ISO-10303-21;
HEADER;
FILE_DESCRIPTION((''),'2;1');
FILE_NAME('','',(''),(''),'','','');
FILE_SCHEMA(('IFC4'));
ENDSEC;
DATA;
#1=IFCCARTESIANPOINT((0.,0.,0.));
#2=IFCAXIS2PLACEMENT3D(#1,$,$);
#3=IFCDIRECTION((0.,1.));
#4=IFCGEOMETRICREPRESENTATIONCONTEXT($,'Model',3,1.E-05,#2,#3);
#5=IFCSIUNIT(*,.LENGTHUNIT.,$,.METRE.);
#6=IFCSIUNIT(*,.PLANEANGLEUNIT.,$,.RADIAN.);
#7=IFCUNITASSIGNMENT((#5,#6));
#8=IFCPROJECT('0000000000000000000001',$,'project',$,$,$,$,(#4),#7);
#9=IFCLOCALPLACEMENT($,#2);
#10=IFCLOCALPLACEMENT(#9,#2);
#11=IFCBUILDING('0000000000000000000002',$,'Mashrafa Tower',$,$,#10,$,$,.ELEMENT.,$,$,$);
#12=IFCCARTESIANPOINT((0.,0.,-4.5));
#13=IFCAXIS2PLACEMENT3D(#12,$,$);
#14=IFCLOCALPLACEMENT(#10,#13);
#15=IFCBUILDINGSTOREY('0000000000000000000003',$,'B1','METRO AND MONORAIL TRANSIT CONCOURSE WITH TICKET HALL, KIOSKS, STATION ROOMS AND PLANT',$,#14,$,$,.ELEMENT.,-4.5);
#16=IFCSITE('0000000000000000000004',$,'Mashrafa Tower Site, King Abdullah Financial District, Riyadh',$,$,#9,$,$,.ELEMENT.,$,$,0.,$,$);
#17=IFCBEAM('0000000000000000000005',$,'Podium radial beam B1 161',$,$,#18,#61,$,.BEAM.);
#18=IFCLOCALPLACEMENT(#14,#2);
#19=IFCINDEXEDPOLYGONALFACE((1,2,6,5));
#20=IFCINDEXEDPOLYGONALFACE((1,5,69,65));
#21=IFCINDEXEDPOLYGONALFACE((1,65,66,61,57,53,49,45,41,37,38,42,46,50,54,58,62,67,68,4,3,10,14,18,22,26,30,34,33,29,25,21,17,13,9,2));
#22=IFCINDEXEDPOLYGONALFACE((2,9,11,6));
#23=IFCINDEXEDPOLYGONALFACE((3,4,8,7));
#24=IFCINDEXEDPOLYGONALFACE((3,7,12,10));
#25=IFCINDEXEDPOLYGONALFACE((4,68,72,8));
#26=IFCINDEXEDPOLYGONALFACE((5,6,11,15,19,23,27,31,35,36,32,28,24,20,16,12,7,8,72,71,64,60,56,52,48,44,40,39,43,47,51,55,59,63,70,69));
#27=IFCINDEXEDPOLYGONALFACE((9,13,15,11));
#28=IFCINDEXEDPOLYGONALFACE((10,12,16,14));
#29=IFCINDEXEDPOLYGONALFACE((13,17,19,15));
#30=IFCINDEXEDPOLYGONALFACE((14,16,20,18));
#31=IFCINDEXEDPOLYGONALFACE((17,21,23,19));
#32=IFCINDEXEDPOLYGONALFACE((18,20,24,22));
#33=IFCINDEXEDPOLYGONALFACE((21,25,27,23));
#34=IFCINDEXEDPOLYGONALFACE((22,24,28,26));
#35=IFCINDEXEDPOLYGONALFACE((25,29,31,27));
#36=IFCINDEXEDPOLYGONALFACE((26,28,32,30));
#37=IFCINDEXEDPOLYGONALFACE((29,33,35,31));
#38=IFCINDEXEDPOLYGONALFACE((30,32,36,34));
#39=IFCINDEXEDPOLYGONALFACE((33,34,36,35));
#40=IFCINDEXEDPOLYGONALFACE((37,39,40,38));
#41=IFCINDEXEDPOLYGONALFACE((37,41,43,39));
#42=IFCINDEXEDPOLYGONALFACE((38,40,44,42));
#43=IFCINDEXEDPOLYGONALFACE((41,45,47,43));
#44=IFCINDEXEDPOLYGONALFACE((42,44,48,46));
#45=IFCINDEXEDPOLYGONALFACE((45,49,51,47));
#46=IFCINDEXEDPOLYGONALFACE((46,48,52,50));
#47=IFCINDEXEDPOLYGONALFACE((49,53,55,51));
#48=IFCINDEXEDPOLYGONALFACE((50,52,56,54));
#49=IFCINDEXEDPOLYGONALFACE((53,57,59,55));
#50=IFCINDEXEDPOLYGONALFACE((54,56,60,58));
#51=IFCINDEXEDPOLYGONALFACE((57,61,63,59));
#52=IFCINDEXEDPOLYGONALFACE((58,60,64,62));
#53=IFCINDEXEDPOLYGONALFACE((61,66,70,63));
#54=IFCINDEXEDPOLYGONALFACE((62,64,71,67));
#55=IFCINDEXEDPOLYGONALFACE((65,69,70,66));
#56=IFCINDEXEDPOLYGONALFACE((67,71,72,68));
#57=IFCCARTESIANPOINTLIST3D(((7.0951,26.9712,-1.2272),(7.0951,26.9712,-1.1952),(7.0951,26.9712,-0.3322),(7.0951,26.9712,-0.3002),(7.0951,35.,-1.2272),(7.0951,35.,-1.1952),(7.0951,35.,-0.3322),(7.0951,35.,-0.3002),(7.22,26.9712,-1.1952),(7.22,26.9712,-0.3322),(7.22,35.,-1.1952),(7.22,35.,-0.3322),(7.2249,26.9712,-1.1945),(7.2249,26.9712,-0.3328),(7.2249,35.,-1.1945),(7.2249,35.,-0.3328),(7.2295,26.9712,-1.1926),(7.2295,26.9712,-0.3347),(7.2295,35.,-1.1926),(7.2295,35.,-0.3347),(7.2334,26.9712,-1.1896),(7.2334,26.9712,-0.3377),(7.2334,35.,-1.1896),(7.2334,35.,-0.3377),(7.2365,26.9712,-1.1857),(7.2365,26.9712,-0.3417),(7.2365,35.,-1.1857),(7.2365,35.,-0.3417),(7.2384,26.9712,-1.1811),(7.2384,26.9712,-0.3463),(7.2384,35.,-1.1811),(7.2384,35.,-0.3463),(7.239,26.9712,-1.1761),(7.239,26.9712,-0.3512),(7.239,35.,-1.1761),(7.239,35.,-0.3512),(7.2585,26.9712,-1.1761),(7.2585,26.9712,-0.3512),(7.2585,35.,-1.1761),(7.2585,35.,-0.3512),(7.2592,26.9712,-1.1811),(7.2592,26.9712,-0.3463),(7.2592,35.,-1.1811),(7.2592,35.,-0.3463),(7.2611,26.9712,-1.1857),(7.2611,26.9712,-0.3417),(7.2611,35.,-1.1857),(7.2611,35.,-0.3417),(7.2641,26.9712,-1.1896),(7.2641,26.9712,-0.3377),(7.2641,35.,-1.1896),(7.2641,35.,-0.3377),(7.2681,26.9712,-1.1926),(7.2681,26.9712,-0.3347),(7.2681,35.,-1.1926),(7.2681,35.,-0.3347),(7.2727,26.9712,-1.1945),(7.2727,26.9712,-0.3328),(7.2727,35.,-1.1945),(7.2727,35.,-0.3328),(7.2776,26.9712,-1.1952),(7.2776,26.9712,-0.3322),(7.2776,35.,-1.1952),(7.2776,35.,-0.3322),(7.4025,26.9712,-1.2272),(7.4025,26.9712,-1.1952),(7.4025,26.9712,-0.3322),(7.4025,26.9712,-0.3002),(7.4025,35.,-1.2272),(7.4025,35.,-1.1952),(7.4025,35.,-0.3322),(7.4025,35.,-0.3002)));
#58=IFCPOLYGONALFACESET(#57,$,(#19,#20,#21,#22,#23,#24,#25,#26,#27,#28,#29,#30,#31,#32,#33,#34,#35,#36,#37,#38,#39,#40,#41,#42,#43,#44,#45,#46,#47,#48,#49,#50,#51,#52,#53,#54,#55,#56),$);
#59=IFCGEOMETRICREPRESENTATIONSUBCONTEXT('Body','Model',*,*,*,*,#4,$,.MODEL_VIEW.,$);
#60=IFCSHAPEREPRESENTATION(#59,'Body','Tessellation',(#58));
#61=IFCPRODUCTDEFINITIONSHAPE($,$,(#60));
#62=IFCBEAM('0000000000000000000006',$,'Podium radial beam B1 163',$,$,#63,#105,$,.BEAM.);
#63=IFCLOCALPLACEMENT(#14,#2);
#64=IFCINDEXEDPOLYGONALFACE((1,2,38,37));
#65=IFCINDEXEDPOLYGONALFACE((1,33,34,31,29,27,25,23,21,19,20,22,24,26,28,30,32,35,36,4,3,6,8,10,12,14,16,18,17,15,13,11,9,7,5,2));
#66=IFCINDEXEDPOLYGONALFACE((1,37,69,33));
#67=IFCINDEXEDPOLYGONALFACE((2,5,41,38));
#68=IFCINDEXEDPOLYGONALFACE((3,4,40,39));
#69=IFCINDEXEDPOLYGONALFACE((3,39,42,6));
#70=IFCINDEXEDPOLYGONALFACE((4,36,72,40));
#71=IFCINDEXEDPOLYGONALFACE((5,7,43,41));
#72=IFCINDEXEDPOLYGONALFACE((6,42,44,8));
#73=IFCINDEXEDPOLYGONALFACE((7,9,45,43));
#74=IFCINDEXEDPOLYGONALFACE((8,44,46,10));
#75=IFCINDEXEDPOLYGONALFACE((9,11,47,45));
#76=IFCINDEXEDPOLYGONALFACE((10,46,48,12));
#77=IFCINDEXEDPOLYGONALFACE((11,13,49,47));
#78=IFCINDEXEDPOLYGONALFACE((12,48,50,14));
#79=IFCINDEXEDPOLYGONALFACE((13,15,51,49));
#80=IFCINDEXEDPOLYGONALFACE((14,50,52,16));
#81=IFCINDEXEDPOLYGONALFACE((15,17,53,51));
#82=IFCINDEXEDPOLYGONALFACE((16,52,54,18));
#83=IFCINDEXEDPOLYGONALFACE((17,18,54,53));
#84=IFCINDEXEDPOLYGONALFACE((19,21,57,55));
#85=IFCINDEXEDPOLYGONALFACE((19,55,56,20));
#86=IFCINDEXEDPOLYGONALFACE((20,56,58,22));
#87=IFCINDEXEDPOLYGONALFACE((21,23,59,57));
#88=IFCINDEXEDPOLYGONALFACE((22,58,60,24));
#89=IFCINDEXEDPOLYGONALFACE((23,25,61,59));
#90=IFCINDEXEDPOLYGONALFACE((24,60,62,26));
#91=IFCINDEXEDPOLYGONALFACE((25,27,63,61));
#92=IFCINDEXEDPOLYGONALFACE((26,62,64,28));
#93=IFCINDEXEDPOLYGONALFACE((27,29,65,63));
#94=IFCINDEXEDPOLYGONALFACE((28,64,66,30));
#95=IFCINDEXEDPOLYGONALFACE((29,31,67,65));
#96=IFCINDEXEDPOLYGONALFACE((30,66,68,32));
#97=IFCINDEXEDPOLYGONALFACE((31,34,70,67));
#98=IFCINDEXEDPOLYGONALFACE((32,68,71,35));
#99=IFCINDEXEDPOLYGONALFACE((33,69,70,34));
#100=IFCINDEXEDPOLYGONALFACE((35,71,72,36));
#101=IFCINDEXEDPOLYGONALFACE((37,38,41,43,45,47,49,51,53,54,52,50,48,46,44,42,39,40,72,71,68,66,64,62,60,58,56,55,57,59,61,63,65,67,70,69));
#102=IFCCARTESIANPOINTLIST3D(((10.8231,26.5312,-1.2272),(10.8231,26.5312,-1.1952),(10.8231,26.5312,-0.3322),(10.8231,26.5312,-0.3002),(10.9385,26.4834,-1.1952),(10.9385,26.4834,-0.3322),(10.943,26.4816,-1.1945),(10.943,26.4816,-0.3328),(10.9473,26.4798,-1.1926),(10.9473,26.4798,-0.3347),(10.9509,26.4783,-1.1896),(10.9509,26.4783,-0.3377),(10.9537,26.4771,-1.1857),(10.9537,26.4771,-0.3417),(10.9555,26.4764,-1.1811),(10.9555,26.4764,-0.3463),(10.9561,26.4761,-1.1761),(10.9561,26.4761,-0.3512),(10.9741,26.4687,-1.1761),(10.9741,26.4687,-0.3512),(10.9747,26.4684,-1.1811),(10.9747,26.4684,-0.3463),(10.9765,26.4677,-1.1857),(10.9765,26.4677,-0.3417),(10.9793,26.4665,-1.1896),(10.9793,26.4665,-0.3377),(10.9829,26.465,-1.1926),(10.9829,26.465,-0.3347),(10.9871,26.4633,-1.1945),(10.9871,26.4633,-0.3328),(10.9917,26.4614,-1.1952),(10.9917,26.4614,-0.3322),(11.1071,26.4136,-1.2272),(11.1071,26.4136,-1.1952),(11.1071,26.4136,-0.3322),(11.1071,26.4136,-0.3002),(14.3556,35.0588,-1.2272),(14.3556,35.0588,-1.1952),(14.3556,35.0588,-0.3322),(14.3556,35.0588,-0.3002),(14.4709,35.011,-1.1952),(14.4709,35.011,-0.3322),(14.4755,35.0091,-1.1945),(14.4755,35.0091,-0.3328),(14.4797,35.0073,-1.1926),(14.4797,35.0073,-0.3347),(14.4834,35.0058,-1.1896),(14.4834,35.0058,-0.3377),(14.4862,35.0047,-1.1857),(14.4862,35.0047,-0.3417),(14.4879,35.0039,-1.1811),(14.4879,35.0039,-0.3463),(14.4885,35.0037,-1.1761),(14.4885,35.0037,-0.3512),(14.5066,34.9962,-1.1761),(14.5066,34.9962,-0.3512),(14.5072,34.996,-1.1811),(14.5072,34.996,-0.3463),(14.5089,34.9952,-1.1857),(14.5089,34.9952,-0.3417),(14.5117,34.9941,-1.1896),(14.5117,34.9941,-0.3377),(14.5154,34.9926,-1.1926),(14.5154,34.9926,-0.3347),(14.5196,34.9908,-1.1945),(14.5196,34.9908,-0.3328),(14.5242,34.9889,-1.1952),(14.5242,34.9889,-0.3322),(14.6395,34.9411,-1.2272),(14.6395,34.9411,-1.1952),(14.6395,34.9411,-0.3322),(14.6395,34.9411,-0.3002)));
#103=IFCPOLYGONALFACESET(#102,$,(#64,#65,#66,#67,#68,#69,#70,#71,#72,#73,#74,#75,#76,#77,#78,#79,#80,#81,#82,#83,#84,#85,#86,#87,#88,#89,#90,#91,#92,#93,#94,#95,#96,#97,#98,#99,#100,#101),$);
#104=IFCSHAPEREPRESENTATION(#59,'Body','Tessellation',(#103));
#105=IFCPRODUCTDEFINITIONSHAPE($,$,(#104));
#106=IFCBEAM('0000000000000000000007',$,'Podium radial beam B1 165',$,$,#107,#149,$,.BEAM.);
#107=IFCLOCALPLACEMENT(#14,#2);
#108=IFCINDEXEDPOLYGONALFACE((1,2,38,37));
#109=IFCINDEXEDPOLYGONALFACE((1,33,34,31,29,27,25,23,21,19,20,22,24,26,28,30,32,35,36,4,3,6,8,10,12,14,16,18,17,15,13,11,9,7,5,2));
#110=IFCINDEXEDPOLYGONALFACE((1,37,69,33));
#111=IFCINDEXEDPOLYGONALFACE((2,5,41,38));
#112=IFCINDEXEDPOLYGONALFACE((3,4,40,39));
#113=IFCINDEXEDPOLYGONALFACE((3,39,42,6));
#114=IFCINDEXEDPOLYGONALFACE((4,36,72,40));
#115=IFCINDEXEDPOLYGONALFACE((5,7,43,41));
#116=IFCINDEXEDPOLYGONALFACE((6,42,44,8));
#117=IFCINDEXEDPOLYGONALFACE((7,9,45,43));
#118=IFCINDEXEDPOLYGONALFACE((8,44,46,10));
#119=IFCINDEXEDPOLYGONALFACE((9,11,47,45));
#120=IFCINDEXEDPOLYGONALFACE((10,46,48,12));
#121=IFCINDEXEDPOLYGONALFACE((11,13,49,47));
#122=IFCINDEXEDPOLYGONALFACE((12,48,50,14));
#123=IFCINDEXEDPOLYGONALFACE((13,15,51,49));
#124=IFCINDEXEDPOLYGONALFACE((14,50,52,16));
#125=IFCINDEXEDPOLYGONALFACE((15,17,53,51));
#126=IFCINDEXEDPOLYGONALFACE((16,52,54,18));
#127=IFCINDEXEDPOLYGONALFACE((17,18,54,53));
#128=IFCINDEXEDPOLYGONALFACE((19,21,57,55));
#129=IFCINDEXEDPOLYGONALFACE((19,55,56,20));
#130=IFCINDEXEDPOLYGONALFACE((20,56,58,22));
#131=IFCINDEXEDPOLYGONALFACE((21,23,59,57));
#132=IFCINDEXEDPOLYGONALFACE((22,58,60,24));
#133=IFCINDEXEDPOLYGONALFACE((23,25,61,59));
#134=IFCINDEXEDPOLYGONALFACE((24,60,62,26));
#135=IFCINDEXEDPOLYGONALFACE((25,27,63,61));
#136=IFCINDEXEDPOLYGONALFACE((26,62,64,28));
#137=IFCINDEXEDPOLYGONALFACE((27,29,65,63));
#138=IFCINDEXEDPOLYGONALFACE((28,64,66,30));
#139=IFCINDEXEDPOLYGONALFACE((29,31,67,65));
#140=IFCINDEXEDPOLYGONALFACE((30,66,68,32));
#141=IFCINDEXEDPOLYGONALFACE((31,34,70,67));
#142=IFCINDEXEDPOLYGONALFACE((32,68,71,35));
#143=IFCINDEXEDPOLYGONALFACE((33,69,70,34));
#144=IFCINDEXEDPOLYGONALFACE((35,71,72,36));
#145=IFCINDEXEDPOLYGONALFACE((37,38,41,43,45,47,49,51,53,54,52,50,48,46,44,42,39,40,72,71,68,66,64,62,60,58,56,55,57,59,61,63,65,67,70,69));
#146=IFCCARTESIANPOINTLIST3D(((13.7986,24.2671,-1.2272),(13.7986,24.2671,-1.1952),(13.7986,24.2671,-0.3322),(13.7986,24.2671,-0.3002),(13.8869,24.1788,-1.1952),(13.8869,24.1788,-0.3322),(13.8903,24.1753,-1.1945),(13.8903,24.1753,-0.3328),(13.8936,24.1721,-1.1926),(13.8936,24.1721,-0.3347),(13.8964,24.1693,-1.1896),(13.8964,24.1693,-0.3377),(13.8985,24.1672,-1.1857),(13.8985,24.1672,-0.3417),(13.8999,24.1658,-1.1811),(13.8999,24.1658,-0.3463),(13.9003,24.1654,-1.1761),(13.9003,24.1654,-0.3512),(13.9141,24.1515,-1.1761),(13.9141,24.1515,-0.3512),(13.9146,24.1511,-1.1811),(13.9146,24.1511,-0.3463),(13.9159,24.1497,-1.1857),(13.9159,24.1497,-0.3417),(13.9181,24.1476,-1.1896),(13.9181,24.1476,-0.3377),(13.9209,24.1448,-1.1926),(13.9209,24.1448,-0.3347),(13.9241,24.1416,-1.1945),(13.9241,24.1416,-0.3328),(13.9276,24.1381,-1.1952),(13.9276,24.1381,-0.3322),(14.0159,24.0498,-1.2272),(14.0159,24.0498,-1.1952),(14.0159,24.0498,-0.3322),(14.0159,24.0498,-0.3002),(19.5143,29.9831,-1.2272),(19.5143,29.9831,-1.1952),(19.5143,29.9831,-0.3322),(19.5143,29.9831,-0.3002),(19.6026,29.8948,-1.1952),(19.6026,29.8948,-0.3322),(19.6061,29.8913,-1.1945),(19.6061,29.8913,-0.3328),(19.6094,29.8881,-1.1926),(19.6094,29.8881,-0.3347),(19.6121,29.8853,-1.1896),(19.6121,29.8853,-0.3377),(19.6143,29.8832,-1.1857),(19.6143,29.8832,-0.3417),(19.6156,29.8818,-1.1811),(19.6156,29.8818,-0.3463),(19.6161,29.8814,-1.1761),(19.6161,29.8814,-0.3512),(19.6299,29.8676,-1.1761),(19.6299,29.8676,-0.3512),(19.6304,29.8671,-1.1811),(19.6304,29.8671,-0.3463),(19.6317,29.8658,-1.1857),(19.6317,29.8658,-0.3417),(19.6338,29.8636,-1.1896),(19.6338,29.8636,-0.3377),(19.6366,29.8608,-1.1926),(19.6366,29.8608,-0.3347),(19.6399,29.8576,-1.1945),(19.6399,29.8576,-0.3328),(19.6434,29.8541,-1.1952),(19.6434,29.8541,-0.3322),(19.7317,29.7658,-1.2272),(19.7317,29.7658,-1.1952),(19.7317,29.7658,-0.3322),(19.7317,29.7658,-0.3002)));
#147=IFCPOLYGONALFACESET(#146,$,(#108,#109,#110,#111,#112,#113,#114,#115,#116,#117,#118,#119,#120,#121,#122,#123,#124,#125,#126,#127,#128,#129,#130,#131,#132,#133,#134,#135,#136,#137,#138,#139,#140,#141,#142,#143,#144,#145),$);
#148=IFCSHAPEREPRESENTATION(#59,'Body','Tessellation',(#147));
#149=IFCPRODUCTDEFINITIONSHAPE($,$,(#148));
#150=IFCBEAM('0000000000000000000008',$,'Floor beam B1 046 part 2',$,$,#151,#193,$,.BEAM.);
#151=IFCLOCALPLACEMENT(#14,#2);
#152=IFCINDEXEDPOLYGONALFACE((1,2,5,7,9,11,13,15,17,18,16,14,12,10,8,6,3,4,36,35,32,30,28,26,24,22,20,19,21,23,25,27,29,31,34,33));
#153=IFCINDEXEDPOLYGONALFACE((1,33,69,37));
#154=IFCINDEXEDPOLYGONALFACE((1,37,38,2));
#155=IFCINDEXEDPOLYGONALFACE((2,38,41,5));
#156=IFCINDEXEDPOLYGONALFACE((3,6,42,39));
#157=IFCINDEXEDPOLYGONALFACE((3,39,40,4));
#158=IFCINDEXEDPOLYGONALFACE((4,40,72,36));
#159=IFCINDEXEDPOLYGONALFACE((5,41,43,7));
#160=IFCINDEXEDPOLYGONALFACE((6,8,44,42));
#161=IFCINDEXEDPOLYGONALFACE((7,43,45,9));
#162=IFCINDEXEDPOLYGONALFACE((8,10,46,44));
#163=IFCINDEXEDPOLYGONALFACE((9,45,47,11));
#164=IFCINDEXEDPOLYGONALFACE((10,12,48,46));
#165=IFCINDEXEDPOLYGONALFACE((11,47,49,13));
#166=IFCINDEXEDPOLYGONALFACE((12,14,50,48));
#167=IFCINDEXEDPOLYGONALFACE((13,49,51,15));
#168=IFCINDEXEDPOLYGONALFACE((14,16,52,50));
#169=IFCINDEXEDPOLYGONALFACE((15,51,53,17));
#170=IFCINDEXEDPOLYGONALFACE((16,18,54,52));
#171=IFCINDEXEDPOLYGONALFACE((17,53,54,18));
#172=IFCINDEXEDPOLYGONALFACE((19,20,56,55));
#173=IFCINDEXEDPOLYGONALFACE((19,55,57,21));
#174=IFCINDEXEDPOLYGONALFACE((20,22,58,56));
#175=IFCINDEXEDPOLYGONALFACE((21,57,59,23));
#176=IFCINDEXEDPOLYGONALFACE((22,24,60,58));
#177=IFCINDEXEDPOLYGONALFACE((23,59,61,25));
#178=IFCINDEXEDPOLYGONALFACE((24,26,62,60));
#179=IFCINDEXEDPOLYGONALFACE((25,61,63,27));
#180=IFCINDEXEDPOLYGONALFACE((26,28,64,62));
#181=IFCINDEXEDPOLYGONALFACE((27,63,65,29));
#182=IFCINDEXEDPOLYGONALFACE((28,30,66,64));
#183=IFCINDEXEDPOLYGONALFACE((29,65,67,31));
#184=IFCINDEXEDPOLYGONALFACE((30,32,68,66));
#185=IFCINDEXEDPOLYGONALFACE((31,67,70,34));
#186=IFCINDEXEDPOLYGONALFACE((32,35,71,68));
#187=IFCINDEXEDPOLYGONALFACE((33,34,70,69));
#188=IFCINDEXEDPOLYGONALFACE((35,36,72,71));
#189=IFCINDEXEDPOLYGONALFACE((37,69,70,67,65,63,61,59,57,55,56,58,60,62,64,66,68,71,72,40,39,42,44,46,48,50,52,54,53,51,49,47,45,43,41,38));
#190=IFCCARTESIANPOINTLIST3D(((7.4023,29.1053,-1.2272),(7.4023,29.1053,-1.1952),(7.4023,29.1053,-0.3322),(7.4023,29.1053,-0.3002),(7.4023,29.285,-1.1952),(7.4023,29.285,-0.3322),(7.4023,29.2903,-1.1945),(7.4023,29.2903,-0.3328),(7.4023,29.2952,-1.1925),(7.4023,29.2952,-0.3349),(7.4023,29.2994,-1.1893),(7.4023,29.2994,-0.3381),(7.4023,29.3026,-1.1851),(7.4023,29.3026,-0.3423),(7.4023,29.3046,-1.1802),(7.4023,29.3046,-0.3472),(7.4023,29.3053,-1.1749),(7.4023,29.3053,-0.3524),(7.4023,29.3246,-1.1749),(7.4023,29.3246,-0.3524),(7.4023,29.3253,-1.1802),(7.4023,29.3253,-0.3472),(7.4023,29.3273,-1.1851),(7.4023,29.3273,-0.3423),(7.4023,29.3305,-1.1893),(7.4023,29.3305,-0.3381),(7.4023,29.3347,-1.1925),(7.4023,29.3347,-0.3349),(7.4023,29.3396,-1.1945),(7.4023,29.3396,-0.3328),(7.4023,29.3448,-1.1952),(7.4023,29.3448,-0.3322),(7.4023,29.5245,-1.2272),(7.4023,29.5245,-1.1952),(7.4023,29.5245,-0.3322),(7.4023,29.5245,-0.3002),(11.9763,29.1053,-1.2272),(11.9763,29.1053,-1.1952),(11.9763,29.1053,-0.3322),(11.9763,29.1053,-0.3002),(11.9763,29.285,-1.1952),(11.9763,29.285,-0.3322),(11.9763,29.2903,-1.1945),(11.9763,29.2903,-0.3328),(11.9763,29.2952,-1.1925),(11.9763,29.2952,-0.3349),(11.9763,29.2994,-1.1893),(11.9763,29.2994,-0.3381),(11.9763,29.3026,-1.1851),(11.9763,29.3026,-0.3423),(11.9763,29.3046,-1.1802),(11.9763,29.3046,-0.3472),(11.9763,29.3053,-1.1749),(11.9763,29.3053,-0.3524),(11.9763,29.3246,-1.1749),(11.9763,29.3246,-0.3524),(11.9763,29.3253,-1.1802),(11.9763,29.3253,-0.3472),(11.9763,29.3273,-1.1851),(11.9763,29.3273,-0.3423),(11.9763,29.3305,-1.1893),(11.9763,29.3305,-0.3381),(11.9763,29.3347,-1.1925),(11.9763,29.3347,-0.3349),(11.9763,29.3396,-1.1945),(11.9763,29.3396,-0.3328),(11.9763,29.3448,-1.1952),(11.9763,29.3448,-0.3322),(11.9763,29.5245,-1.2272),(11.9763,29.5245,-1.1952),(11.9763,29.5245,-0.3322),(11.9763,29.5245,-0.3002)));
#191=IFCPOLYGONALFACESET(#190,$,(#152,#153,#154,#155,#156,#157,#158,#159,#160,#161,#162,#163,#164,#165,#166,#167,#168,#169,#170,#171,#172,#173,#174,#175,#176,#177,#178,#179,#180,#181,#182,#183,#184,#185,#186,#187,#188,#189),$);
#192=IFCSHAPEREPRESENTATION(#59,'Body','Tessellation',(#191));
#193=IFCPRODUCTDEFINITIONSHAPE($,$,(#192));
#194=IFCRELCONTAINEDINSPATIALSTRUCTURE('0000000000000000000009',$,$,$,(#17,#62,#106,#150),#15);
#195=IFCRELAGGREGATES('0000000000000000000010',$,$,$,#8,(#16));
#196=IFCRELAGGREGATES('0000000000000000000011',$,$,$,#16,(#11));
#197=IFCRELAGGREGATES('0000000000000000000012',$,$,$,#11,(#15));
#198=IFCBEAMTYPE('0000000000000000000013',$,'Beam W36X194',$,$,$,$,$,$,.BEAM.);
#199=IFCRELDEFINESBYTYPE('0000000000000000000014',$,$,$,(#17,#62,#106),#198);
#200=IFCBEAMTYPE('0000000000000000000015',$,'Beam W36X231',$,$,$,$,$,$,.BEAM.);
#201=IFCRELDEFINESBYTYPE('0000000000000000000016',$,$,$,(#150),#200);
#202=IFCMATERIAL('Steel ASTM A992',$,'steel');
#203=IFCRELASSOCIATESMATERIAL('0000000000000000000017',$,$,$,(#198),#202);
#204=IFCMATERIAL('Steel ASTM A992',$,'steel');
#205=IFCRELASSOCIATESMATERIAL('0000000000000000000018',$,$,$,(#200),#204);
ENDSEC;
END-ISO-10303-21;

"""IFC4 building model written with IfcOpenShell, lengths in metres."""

from ifc_helpers import new_model, si_unit, direction, frame, origin, origin_2d, place, context, subcontext, project, spatial, i_section, extrude, material, material_profile, profile_set, type_object, element, save


model = new_model("IFC4")

# Units and contexts
model_context = context("Model", 3, precision=1e-05, world=origin(), true_north=direction((0.0, 1.0)))
body_context = subcontext(model_context, "Body", "Model", "MODEL_VIEW")
ifc_project = project(units=[si_unit("LENGTHUNIT", "METRE"), si_unit("PLANEANGLEUNIT", "RADIAN")], contexts=[model_context])

# Site, building, storey
site_placement = place(None, origin())
site = spatial("IfcSite", under=ifc_project, at=site_placement, Name="Mashrafa Tower Site, King Abdullah Financial District, Riyadh", CompositionType="ELEMENT", RefElevation=0.0)
building_placement = place(site_placement, origin())
building = spatial("IfcBuilding", under=site, at=building_placement, Name="Mashrafa Tower", CompositionType="ELEMENT")
storey_placement = place(building_placement, frame((0.0, 0.0, -4.5)))
storey = spatial("IfcBuildingStorey", under=building, at=storey_placement, Name="B1", Description="METRO AND MONORAIL TRANSIT CONCOURSE WITH TICKET HALL, KIOSKS, STATION ROOMS AND PLANT", CompositionType="ELEMENT", Elevation=-4.5)

# Beams
ifc_material_1 = material(Name="Steel ASTM A992", Category="steel")
ifc_material_profile_1 = material_profile(ifc_material_1, i_section(OverallWidth=0.3074, OverallDepth=0.927, WebThickness=0.0195, FlangeThickness=0.032, FilletRadius=0.019, at=origin_2d()), Name="W36X194")
ifc_profile_set_1 = profile_set([ifc_material_profile_1], Name="Steel ASTM A992")
beam_type_1 = type_object("IfcBeamType", Name="Beam W36X194", PredefinedType="BEAM", material=ifc_profile_set_1)
beam_1_placement = place(storey_placement, frame((7.2488, 26.9712, -0.7637), z_axis=(0.0, 1.0, 0.0), x_axis=(-1.0, 0.0, 0.0)))
element("IfcBeam", 1, at=beam_1_placement, inside=storey, type_object=beam_type_1, Name="Podium radial beam B1 161", PredefinedType="BEAM", context=body_context, shape_type="SweptSolid", body=[
    extrude(i_section(OverallWidth=0.3074, OverallDepth=0.927, WebThickness=0.0195, FlangeThickness=0.032, FilletRadius=0.019, at=origin_2d()), origin(), (0.0, 0.0, 1.0), 8.0288),
])
beam_2_placement = place(storey_placement, frame((10.9651, 26.4724, -0.7637), z_axis=(0.382705, 0.923871, 0.0), x_axis=(-0.923871, 0.382705, 0.0)))
element("IfcBeam", 2, at=beam_2_placement, inside=storey, type_object=beam_type_1, Name="Podium radial beam B1 163", PredefinedType="BEAM", context=body_context, shape_type="SweptSolid", body=[
    extrude(i_section(OverallWidth=0.3074, OverallDepth=0.927, WebThickness=0.0195, FlangeThickness=0.032, FilletRadius=0.019, at=origin_2d()), origin(), (0.0, 0.0, 1.0), 9.2302),
])
beam_3_placement = place(storey_placement, frame((13.9072, 24.1584, -0.7637), z_axis=(0.707092, 0.707122, 0.0), x_axis=(-0.707122, 0.707092, 0.0)))
element("IfcBeam", 3, at=beam_3_placement, inside=storey, type_object=beam_type_1, Name="Podium radial beam B1 165", PredefinedType="BEAM", context=body_context, shape_type="SweptSolid", body=[
    extrude(i_section(OverallWidth=0.3074, OverallDepth=0.927, WebThickness=0.0195, FlangeThickness=0.032, FilletRadius=0.019, at=origin_2d()), origin(), (0.0, 0.0, 1.0), 8.0835),
])
ifc_material_2 = material(Name="Steel ASTM A992", Category="steel")
ifc_material_profile_2 = material_profile(ifc_material_2, i_section(OverallWidth=0.4192, OverallDepth=0.927, WebThickness=0.0193, FlangeThickness=0.032, FilletRadius=0.0203, at=origin_2d()), Name="W36X231")
ifc_profile_set_2 = profile_set([ifc_material_profile_2], Name="Steel ASTM A992")
beam_type_2 = type_object("IfcBeamType", Name="Beam W36X231", PredefinedType="BEAM", material=ifc_profile_set_2)
beam_4_placement = place(storey_placement, frame((7.4023, 29.3149, -0.7637), z_axis=(1.0, 0.0, 0.0), x_axis=(0.0, 1.0, 0.0)))
element("IfcBeam", 4, at=beam_4_placement, inside=storey, type_object=beam_type_2, Name="Floor beam B1 046 part 2", PredefinedType="BEAM", context=body_context, shape_type="SweptSolid", body=[
    extrude(i_section(OverallWidth=0.4192, OverallDepth=0.927, WebThickness=0.0193, FlangeThickness=0.032, FilletRadius=0.0203, at=origin_2d()), origin(), (0.0, 0.0, 1.0), 4.574),
])

save(model, "model.ifc")
